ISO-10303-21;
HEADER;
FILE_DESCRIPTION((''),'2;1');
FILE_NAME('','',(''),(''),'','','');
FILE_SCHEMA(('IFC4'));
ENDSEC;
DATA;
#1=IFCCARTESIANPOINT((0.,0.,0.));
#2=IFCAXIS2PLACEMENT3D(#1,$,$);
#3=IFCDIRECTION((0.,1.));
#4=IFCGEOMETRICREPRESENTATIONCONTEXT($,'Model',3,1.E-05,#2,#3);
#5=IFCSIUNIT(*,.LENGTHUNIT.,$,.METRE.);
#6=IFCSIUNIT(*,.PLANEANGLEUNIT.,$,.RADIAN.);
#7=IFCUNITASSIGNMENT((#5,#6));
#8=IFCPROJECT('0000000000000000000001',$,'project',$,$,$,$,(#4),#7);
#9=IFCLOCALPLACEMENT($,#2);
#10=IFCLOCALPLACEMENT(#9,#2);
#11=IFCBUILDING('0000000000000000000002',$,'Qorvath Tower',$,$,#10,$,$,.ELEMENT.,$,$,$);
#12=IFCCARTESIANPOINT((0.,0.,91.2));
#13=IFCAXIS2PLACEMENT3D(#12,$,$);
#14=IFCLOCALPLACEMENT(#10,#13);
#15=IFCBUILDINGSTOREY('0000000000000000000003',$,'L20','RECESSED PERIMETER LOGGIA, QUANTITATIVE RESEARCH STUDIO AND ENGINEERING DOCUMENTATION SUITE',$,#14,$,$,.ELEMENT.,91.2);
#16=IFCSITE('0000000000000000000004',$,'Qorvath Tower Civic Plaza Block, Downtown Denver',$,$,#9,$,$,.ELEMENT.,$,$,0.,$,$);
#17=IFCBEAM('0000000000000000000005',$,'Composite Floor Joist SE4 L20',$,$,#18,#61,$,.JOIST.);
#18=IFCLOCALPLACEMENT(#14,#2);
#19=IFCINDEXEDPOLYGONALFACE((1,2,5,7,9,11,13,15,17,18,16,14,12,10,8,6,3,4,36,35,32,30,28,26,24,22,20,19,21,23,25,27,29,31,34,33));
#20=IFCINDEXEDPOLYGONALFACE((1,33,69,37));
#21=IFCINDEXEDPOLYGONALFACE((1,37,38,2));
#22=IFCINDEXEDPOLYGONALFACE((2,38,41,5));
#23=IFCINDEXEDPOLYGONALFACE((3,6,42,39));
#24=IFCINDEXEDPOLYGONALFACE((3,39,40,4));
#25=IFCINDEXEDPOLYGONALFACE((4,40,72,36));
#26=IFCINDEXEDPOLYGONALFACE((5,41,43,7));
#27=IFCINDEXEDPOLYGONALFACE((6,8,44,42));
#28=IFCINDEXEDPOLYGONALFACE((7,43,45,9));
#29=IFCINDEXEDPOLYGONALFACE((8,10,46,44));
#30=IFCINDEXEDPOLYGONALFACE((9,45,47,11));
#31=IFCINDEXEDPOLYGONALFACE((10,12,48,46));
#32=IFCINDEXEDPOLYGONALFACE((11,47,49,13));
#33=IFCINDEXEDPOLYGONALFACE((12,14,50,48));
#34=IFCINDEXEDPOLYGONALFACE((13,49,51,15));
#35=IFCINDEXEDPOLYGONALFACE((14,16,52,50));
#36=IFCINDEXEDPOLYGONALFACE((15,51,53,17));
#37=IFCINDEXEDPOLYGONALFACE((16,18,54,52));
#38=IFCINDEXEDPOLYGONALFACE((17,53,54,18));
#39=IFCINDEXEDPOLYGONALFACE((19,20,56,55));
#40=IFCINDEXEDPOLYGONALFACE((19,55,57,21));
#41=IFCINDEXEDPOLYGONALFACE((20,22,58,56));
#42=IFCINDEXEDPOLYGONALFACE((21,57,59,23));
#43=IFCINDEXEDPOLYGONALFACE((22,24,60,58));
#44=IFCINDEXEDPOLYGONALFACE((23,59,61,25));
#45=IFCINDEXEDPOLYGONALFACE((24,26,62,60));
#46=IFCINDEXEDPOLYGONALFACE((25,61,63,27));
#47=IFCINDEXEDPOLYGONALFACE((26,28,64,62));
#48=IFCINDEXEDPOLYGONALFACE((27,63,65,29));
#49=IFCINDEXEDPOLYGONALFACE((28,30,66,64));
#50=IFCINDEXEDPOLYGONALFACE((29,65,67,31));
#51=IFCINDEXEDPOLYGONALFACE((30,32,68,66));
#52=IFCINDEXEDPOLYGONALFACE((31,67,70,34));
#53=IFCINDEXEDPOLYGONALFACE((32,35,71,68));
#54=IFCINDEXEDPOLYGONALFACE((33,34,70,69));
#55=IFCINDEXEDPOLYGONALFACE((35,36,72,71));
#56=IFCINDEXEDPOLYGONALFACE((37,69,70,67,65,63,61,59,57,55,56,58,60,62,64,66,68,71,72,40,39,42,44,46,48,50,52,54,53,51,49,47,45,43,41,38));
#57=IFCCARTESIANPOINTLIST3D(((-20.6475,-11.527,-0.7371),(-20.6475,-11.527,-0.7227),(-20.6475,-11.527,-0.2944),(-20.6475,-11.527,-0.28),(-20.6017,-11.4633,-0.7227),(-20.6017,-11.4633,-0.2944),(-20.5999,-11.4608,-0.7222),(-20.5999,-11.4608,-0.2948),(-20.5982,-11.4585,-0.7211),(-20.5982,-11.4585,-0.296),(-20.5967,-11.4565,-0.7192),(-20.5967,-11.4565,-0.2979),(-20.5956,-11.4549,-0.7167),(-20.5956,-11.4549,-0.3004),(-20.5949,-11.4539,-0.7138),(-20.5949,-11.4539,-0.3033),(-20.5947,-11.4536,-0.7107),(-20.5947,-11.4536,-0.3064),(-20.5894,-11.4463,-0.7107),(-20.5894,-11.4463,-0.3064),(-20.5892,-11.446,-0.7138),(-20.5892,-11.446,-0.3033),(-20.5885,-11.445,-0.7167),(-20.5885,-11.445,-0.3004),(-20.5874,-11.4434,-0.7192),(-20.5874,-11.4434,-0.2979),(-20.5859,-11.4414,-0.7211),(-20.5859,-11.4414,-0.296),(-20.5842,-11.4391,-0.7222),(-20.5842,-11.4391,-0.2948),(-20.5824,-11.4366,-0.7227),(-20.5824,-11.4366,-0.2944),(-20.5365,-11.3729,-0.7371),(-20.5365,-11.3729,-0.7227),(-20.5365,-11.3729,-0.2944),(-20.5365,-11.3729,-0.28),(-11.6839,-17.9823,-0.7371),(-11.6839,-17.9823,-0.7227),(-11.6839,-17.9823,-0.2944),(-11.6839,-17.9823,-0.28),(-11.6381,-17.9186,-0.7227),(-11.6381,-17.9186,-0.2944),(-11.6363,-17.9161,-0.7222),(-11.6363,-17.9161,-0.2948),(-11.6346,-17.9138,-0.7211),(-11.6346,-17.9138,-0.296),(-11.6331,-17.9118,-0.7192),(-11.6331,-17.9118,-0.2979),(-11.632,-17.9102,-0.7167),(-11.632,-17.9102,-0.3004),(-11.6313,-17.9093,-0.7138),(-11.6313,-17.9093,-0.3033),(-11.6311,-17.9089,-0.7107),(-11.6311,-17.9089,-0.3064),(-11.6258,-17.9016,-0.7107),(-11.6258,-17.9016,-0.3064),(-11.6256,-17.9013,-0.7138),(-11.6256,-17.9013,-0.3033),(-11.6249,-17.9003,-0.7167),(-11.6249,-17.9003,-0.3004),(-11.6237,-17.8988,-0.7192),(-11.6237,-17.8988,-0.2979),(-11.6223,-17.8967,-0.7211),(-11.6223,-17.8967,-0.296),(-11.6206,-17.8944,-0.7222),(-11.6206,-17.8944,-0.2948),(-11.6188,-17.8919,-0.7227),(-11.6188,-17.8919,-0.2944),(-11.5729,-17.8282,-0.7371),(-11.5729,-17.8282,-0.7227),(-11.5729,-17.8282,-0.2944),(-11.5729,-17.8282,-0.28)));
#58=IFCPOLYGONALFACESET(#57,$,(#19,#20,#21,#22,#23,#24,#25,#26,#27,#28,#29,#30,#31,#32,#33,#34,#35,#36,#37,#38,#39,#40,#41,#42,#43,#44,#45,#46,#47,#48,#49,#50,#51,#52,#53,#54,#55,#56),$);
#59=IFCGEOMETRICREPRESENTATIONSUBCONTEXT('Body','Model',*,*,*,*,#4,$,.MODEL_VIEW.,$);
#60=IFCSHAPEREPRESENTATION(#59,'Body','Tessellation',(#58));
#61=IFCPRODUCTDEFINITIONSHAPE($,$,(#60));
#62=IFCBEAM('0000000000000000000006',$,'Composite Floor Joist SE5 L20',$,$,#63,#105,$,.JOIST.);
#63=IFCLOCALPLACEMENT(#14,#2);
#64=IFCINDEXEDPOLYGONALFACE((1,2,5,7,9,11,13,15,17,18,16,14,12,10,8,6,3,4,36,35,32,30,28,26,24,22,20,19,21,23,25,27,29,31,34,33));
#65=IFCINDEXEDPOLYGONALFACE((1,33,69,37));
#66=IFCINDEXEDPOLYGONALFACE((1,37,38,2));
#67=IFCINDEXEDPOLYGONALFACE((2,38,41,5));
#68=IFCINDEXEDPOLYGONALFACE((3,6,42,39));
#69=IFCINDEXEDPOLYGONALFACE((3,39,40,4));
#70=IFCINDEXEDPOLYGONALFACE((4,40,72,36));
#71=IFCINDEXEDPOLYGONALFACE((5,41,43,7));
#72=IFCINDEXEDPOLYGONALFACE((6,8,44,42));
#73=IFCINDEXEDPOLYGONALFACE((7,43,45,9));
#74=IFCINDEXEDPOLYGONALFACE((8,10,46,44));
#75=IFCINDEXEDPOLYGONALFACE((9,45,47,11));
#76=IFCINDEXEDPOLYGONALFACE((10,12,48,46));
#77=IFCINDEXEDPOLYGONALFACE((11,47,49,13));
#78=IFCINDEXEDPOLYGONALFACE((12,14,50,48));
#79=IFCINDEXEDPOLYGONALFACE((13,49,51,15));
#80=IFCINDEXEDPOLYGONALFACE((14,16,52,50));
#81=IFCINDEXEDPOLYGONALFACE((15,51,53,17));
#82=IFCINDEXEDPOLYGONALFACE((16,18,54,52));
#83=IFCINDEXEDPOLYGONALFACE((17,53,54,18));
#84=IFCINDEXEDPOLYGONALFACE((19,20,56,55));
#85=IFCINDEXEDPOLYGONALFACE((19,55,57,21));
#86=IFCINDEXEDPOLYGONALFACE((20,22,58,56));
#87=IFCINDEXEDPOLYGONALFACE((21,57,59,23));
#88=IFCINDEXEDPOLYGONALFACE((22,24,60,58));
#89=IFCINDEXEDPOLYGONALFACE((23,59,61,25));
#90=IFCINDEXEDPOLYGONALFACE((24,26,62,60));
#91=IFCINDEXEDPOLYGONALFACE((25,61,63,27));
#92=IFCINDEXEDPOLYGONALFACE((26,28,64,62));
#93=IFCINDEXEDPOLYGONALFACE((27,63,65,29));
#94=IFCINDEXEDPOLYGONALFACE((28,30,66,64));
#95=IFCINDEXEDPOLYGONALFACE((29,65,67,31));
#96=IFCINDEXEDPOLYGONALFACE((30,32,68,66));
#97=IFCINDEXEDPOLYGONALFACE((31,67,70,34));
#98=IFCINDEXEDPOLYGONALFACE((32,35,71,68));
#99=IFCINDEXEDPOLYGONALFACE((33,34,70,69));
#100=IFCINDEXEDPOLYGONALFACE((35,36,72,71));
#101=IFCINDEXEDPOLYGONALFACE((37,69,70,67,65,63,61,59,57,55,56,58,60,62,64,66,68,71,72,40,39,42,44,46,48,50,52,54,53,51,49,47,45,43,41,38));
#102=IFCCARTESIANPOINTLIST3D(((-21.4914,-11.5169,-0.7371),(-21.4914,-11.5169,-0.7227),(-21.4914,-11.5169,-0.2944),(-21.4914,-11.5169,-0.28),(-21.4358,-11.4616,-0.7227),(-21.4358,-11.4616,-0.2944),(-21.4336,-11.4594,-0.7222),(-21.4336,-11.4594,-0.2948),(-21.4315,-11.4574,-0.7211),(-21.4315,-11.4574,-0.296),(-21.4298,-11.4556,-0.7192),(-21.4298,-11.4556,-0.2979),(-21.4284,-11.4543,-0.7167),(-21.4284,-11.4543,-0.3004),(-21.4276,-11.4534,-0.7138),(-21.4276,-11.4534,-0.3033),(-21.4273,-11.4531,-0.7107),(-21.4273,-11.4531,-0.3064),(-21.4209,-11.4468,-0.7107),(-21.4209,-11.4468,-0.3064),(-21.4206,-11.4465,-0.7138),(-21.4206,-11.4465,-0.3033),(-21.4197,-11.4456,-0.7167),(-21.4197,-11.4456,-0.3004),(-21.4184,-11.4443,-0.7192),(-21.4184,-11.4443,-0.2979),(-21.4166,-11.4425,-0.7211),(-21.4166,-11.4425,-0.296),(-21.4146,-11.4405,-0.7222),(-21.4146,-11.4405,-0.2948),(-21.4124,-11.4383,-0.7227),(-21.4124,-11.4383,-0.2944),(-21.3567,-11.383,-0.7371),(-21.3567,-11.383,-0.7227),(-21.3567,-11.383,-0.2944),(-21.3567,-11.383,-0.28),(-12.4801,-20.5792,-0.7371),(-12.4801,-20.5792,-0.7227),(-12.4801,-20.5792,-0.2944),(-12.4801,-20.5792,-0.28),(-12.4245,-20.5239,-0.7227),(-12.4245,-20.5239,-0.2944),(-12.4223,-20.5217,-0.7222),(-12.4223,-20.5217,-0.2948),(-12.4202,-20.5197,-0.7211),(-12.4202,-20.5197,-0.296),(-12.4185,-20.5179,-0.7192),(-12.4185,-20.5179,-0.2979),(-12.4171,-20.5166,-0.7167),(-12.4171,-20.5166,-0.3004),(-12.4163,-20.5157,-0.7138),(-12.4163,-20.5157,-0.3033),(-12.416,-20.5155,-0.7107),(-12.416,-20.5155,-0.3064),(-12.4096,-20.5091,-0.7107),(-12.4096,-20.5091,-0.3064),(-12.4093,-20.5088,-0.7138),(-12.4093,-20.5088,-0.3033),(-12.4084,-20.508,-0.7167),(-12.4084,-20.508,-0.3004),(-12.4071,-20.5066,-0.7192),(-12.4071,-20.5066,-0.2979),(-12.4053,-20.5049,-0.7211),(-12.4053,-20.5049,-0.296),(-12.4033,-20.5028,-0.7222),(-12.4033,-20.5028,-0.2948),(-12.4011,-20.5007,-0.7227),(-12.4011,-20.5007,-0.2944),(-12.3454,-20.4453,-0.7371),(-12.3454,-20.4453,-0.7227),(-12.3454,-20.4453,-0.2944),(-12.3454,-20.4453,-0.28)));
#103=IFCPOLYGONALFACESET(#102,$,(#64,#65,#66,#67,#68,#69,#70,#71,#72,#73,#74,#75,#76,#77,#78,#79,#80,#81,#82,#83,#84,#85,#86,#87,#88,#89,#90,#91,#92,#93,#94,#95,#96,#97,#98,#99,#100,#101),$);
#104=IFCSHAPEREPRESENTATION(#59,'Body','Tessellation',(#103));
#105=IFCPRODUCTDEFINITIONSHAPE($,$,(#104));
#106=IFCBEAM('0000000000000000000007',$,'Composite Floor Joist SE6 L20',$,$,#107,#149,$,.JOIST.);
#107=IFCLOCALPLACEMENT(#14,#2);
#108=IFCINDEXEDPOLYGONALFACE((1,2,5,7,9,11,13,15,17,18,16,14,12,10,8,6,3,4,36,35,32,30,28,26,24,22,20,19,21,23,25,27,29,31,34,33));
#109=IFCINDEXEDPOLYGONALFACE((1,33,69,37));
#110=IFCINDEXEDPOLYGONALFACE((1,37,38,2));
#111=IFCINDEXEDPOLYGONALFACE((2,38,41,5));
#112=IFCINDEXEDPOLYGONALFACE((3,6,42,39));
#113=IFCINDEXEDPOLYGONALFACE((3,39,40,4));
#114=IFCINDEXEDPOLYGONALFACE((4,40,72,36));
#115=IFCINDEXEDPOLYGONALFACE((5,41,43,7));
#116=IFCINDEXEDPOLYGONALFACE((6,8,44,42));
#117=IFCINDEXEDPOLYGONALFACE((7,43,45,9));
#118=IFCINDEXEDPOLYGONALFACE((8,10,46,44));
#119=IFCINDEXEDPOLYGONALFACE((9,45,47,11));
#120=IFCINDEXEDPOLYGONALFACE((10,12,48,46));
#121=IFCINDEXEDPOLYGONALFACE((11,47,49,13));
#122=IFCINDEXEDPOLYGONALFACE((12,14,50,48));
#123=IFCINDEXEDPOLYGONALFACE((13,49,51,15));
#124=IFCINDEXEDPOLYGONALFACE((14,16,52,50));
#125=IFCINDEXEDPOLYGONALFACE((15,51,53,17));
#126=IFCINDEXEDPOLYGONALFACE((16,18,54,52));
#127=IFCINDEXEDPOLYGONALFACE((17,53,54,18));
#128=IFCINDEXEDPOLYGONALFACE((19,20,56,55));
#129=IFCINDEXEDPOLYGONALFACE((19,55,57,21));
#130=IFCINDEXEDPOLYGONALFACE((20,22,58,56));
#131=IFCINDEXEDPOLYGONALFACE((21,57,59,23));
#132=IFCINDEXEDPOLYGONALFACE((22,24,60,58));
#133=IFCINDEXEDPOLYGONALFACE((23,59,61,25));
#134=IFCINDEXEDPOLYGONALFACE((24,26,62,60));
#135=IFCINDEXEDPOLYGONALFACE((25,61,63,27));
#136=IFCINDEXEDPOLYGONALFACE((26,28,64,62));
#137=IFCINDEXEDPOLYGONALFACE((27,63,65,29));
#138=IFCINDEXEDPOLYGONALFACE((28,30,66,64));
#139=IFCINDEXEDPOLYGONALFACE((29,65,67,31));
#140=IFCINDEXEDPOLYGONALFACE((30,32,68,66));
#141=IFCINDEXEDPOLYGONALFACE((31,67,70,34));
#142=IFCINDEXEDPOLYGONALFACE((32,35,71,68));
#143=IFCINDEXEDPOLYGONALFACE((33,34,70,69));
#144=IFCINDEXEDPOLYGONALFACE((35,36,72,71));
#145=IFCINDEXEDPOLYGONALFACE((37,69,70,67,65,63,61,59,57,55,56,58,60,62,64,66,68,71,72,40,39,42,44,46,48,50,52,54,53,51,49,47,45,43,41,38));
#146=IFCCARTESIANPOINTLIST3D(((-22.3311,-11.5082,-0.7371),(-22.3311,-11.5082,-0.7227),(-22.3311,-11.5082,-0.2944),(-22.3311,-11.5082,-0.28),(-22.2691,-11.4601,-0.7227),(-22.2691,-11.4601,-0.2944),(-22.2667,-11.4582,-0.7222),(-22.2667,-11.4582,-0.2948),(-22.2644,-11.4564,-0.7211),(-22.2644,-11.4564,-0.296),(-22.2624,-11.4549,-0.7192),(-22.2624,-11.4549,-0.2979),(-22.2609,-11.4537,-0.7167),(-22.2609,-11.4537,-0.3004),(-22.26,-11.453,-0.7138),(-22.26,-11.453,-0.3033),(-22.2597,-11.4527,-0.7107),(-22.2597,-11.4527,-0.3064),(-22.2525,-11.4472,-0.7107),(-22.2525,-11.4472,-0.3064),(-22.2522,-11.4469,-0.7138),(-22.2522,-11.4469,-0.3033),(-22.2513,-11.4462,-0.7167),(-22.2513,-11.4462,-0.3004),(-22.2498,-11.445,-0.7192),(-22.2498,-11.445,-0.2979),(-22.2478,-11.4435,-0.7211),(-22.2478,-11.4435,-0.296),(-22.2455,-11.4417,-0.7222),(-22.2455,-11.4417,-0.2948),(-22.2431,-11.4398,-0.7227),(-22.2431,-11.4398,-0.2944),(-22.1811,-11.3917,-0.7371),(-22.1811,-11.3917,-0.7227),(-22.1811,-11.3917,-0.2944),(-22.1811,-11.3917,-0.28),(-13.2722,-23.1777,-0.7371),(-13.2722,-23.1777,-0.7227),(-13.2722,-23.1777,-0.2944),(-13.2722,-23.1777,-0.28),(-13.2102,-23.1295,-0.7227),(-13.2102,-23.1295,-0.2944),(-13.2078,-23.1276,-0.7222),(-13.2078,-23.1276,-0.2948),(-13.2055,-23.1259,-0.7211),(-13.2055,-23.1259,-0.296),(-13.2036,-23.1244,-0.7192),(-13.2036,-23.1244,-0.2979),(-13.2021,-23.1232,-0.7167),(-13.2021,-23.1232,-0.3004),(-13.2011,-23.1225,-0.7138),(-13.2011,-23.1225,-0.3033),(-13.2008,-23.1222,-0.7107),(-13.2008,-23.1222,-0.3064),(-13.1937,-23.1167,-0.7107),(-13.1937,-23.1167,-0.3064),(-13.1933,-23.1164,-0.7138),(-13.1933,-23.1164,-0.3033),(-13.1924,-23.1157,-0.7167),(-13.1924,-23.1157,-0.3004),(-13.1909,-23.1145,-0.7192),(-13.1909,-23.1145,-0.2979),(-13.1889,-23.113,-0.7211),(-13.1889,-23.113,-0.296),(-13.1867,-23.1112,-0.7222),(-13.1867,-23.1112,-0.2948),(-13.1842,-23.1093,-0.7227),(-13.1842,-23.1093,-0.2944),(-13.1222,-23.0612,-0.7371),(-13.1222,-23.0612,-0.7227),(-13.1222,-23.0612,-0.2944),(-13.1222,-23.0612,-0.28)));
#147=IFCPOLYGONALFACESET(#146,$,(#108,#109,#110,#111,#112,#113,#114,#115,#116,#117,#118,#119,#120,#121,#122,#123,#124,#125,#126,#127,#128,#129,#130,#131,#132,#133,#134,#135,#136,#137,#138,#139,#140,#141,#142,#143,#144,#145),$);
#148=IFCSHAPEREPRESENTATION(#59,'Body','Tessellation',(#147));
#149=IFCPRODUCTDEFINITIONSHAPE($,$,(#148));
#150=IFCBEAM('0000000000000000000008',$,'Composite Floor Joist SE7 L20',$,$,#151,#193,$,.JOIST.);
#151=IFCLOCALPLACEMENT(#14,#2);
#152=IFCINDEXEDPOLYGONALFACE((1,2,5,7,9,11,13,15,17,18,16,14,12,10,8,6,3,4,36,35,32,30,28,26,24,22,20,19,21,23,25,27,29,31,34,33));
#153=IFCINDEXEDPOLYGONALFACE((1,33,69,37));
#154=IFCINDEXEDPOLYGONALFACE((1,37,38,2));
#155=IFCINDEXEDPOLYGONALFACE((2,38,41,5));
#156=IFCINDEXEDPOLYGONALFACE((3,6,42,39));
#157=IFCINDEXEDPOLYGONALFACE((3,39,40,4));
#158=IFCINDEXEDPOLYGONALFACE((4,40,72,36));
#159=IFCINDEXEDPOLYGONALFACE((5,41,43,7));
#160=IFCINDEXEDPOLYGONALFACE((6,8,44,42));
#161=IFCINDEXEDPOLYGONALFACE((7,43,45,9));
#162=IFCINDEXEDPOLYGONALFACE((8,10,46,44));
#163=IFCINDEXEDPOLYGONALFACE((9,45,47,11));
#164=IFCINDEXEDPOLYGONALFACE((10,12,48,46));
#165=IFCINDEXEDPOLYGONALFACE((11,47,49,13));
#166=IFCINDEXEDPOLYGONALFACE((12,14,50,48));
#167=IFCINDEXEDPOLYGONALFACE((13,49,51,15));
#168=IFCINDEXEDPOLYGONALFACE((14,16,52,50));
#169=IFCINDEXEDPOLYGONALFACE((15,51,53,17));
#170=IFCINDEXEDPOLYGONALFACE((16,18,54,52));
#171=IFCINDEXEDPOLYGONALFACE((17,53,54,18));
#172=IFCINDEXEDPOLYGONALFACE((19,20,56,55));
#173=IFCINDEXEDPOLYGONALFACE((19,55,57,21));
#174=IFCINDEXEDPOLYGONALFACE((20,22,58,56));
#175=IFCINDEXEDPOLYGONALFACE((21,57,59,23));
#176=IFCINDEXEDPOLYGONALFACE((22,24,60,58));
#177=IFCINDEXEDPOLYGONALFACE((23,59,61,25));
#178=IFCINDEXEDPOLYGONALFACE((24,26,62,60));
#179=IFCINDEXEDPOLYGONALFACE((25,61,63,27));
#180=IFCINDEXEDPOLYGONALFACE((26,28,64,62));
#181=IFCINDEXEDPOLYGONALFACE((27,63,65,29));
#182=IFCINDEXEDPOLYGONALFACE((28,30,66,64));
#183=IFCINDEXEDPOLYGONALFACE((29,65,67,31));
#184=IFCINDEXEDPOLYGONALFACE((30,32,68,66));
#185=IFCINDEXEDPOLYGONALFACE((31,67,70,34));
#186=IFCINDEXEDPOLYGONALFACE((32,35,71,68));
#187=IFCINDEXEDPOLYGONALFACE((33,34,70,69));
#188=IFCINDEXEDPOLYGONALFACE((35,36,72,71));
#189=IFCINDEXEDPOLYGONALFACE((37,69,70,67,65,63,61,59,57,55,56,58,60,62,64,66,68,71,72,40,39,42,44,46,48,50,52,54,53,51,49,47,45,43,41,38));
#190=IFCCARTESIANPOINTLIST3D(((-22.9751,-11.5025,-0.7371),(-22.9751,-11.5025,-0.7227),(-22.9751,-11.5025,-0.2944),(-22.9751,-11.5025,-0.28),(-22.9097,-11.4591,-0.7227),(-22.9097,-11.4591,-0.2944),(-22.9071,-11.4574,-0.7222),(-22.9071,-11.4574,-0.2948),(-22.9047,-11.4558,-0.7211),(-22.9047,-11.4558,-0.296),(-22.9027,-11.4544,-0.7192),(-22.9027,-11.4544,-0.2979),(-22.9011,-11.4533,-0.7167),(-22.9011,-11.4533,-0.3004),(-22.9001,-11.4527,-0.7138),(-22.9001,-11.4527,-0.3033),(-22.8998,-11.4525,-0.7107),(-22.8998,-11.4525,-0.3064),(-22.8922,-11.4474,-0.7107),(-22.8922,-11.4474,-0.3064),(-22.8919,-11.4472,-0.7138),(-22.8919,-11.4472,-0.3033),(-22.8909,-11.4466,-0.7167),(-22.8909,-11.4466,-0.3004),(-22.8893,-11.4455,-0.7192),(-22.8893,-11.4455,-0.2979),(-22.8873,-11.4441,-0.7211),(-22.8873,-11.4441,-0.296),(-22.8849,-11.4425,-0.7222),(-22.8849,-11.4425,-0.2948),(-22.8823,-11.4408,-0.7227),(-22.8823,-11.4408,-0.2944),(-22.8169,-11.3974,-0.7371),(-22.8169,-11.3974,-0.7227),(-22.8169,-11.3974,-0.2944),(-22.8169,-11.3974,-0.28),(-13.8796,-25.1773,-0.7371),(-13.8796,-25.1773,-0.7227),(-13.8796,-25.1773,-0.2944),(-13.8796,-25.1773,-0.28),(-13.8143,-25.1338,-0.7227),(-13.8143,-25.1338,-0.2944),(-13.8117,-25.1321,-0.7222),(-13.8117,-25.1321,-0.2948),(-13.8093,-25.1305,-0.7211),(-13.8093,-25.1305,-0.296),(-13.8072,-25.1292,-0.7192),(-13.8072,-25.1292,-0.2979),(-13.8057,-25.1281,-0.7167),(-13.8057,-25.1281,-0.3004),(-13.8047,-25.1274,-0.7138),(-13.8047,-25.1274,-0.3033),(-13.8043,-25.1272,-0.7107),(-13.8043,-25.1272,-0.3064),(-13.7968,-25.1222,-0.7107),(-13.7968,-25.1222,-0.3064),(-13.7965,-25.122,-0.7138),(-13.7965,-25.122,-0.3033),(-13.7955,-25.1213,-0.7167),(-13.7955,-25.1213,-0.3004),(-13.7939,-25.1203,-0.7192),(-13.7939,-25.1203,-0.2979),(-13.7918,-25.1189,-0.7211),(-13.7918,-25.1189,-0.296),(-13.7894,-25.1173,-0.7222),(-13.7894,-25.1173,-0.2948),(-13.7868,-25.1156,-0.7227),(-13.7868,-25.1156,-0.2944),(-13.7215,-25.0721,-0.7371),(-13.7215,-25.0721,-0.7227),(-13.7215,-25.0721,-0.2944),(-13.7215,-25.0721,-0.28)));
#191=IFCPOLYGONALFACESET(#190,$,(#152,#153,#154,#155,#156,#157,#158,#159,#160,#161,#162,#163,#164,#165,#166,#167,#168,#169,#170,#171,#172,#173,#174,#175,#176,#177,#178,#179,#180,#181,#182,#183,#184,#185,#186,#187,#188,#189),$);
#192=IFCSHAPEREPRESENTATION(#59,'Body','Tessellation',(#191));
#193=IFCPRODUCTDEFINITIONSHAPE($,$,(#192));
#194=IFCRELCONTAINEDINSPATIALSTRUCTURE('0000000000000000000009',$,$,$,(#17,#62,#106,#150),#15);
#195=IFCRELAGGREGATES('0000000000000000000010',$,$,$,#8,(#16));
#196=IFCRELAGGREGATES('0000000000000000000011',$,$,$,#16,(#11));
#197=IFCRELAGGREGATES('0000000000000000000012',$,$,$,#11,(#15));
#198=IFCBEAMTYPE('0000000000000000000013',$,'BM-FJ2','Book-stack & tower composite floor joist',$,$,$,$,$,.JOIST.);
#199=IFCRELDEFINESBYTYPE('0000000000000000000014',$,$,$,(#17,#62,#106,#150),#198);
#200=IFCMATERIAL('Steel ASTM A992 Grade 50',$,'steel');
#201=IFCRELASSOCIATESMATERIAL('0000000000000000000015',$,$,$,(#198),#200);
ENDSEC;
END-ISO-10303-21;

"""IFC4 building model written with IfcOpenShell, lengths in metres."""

from ifc_helpers import new_model, si_unit, direction, frame, origin, origin_2d, place, context, subcontext, project, spatial, i_section, extrude, material, material_profile, profile_set, type_object, element, save


model = new_model("IFC4")

# Units and contexts
model_context = context("Model", 3, precision=1e-05, world=origin(), true_north=direction((0.0, 1.0)))
body_context = subcontext(model_context, "Body", "Model", "MODEL_VIEW")
ifc_project = project(units=[si_unit("LENGTHUNIT", "METRE"), si_unit("PLANEANGLEUNIT", "RADIAN")], contexts=[model_context])

# Site, building, storey
site_placement = place(None, origin())
site = spatial("IfcSite", under=ifc_project, at=site_placement, Name="Qorvath Tower Civic Plaza Block, Downtown Denver", CompositionType="ELEMENT", RefElevation=0.0)
building_placement = place(site_placement, origin())
building = spatial("IfcBuilding", under=site, at=building_placement, Name="Qorvath Tower", CompositionType="ELEMENT")
storey_placement = place(building_placement, frame((0.0, 0.0, 91.2)))
storey = spatial("IfcBuildingStorey", under=building, at=storey_placement, Name="L20", Description="RECESSED PERIMETER LOGGIA, QUANTITATIVE RESEARCH STUDIO AND ENGINEERING DOCUMENTATION SUITE", CompositionType="ELEMENT", Elevation=91.2)

# Beams
ifc_material_1 = material(Name="Steel ASTM A992 Grade 50", Category="steel")
ifc_material_profile_1 = material_profile(ifc_material_1, i_section(OverallWidth=0.1899, OverallDepth=0.457, WebThickness=0.009, FlangeThickness=0.0144, FilletRadius=0.012, at=origin_2d()), Name="W18x50")
ifc_profile_set_1 = profile_set([ifc_material_profile_1], Name="Steel ASTM A992 Grade 50")
beam_type_1 = type_object("IfcBeamType", Name="BM-FJ2", Description="Book-stack & tower composite floor joist", PredefinedType="JOIST", material=ifc_profile_set_1)
beam_1_placement = place(storey_placement, frame((-20.592, -11.45, -0.5085), z_axis=(0.811469, -0.584395, 0.0), x_axis=(0.584395, 0.811469, 0.0)))
element("IfcBeam", 1, at=beam_1_placement, inside=storey, type_object=beam_type_1, Name="Composite Floor Joist SE4 L20", PredefinedType="JOIST", context=body_context, shape_type="SweptSolid", body=[
    extrude(i_section(OverallWidth=0.1899, OverallDepth=0.457, WebThickness=0.009, FlangeThickness=0.0144, FilletRadius=0.012, at=origin_2d()), origin(), (0.0, 0.0, 1.0), 11.0461),
])
beam_2_placement = place(storey_placement, frame((-21.4241, -11.45, -0.5085), z_axis=(0.705108, -0.7091, 0.0), x_axis=(0.7091, 0.705108, 0.0)))
element("IfcBeam", 2, at=beam_2_placement, inside=storey, type_object=beam_type_1, Name="Composite Floor Joist SE5 L20", PredefinedType="JOIST", context=body_context, shape_type="SweptSolid", body=[
    extrude(i_section(OverallWidth=0.1899, OverallDepth=0.457, WebThickness=0.009, FlangeThickness=0.0144, FilletRadius=0.012, at=origin_2d()), origin(), (0.0, 0.0, 1.0), 12.78),
])
beam_3_placement = place(storey_placement, frame((-22.2561, -11.45, -0.5085), z_axis=(0.613207, -0.789922, 0.0), x_axis=(0.789922, 0.613207, 0.0)))
element("IfcBeam", 3, at=beam_3_placement, inside=storey, type_object=beam_type_1, Name="Composite Floor Joist SE6 L20", PredefinedType="JOIST", context=body_context, shape_type="SweptSolid", body=[
    extrude(i_section(OverallWidth=0.1899, OverallDepth=0.457, WebThickness=0.009, FlangeThickness=0.0144, FilletRadius=0.012, at=origin_2d()), origin(), (0.0, 0.0, 1.0), 14.7729),
])
beam_4_placement = place(storey_placement, frame((-22.896, -11.45, -0.5085), z_axis=(0.553811, -0.832642, 0.0), x_axis=(0.832642, 0.553811, 0.0)))
element("IfcBeam", 4, at=beam_4_placement, inside=storey, type_object=beam_type_1, Name="Composite Floor Joist SE7 L20", PredefinedType="JOIST", context=body_context, shape_type="SweptSolid", body=[
    extrude(i_section(OverallWidth=0.1899, OverallDepth=0.457, WebThickness=0.009, FlangeThickness=0.0144, FilletRadius=0.012, at=origin_2d()), origin(), (0.0, 0.0, 1.0), 16.4233),
])

save(model, "model.ifc")
